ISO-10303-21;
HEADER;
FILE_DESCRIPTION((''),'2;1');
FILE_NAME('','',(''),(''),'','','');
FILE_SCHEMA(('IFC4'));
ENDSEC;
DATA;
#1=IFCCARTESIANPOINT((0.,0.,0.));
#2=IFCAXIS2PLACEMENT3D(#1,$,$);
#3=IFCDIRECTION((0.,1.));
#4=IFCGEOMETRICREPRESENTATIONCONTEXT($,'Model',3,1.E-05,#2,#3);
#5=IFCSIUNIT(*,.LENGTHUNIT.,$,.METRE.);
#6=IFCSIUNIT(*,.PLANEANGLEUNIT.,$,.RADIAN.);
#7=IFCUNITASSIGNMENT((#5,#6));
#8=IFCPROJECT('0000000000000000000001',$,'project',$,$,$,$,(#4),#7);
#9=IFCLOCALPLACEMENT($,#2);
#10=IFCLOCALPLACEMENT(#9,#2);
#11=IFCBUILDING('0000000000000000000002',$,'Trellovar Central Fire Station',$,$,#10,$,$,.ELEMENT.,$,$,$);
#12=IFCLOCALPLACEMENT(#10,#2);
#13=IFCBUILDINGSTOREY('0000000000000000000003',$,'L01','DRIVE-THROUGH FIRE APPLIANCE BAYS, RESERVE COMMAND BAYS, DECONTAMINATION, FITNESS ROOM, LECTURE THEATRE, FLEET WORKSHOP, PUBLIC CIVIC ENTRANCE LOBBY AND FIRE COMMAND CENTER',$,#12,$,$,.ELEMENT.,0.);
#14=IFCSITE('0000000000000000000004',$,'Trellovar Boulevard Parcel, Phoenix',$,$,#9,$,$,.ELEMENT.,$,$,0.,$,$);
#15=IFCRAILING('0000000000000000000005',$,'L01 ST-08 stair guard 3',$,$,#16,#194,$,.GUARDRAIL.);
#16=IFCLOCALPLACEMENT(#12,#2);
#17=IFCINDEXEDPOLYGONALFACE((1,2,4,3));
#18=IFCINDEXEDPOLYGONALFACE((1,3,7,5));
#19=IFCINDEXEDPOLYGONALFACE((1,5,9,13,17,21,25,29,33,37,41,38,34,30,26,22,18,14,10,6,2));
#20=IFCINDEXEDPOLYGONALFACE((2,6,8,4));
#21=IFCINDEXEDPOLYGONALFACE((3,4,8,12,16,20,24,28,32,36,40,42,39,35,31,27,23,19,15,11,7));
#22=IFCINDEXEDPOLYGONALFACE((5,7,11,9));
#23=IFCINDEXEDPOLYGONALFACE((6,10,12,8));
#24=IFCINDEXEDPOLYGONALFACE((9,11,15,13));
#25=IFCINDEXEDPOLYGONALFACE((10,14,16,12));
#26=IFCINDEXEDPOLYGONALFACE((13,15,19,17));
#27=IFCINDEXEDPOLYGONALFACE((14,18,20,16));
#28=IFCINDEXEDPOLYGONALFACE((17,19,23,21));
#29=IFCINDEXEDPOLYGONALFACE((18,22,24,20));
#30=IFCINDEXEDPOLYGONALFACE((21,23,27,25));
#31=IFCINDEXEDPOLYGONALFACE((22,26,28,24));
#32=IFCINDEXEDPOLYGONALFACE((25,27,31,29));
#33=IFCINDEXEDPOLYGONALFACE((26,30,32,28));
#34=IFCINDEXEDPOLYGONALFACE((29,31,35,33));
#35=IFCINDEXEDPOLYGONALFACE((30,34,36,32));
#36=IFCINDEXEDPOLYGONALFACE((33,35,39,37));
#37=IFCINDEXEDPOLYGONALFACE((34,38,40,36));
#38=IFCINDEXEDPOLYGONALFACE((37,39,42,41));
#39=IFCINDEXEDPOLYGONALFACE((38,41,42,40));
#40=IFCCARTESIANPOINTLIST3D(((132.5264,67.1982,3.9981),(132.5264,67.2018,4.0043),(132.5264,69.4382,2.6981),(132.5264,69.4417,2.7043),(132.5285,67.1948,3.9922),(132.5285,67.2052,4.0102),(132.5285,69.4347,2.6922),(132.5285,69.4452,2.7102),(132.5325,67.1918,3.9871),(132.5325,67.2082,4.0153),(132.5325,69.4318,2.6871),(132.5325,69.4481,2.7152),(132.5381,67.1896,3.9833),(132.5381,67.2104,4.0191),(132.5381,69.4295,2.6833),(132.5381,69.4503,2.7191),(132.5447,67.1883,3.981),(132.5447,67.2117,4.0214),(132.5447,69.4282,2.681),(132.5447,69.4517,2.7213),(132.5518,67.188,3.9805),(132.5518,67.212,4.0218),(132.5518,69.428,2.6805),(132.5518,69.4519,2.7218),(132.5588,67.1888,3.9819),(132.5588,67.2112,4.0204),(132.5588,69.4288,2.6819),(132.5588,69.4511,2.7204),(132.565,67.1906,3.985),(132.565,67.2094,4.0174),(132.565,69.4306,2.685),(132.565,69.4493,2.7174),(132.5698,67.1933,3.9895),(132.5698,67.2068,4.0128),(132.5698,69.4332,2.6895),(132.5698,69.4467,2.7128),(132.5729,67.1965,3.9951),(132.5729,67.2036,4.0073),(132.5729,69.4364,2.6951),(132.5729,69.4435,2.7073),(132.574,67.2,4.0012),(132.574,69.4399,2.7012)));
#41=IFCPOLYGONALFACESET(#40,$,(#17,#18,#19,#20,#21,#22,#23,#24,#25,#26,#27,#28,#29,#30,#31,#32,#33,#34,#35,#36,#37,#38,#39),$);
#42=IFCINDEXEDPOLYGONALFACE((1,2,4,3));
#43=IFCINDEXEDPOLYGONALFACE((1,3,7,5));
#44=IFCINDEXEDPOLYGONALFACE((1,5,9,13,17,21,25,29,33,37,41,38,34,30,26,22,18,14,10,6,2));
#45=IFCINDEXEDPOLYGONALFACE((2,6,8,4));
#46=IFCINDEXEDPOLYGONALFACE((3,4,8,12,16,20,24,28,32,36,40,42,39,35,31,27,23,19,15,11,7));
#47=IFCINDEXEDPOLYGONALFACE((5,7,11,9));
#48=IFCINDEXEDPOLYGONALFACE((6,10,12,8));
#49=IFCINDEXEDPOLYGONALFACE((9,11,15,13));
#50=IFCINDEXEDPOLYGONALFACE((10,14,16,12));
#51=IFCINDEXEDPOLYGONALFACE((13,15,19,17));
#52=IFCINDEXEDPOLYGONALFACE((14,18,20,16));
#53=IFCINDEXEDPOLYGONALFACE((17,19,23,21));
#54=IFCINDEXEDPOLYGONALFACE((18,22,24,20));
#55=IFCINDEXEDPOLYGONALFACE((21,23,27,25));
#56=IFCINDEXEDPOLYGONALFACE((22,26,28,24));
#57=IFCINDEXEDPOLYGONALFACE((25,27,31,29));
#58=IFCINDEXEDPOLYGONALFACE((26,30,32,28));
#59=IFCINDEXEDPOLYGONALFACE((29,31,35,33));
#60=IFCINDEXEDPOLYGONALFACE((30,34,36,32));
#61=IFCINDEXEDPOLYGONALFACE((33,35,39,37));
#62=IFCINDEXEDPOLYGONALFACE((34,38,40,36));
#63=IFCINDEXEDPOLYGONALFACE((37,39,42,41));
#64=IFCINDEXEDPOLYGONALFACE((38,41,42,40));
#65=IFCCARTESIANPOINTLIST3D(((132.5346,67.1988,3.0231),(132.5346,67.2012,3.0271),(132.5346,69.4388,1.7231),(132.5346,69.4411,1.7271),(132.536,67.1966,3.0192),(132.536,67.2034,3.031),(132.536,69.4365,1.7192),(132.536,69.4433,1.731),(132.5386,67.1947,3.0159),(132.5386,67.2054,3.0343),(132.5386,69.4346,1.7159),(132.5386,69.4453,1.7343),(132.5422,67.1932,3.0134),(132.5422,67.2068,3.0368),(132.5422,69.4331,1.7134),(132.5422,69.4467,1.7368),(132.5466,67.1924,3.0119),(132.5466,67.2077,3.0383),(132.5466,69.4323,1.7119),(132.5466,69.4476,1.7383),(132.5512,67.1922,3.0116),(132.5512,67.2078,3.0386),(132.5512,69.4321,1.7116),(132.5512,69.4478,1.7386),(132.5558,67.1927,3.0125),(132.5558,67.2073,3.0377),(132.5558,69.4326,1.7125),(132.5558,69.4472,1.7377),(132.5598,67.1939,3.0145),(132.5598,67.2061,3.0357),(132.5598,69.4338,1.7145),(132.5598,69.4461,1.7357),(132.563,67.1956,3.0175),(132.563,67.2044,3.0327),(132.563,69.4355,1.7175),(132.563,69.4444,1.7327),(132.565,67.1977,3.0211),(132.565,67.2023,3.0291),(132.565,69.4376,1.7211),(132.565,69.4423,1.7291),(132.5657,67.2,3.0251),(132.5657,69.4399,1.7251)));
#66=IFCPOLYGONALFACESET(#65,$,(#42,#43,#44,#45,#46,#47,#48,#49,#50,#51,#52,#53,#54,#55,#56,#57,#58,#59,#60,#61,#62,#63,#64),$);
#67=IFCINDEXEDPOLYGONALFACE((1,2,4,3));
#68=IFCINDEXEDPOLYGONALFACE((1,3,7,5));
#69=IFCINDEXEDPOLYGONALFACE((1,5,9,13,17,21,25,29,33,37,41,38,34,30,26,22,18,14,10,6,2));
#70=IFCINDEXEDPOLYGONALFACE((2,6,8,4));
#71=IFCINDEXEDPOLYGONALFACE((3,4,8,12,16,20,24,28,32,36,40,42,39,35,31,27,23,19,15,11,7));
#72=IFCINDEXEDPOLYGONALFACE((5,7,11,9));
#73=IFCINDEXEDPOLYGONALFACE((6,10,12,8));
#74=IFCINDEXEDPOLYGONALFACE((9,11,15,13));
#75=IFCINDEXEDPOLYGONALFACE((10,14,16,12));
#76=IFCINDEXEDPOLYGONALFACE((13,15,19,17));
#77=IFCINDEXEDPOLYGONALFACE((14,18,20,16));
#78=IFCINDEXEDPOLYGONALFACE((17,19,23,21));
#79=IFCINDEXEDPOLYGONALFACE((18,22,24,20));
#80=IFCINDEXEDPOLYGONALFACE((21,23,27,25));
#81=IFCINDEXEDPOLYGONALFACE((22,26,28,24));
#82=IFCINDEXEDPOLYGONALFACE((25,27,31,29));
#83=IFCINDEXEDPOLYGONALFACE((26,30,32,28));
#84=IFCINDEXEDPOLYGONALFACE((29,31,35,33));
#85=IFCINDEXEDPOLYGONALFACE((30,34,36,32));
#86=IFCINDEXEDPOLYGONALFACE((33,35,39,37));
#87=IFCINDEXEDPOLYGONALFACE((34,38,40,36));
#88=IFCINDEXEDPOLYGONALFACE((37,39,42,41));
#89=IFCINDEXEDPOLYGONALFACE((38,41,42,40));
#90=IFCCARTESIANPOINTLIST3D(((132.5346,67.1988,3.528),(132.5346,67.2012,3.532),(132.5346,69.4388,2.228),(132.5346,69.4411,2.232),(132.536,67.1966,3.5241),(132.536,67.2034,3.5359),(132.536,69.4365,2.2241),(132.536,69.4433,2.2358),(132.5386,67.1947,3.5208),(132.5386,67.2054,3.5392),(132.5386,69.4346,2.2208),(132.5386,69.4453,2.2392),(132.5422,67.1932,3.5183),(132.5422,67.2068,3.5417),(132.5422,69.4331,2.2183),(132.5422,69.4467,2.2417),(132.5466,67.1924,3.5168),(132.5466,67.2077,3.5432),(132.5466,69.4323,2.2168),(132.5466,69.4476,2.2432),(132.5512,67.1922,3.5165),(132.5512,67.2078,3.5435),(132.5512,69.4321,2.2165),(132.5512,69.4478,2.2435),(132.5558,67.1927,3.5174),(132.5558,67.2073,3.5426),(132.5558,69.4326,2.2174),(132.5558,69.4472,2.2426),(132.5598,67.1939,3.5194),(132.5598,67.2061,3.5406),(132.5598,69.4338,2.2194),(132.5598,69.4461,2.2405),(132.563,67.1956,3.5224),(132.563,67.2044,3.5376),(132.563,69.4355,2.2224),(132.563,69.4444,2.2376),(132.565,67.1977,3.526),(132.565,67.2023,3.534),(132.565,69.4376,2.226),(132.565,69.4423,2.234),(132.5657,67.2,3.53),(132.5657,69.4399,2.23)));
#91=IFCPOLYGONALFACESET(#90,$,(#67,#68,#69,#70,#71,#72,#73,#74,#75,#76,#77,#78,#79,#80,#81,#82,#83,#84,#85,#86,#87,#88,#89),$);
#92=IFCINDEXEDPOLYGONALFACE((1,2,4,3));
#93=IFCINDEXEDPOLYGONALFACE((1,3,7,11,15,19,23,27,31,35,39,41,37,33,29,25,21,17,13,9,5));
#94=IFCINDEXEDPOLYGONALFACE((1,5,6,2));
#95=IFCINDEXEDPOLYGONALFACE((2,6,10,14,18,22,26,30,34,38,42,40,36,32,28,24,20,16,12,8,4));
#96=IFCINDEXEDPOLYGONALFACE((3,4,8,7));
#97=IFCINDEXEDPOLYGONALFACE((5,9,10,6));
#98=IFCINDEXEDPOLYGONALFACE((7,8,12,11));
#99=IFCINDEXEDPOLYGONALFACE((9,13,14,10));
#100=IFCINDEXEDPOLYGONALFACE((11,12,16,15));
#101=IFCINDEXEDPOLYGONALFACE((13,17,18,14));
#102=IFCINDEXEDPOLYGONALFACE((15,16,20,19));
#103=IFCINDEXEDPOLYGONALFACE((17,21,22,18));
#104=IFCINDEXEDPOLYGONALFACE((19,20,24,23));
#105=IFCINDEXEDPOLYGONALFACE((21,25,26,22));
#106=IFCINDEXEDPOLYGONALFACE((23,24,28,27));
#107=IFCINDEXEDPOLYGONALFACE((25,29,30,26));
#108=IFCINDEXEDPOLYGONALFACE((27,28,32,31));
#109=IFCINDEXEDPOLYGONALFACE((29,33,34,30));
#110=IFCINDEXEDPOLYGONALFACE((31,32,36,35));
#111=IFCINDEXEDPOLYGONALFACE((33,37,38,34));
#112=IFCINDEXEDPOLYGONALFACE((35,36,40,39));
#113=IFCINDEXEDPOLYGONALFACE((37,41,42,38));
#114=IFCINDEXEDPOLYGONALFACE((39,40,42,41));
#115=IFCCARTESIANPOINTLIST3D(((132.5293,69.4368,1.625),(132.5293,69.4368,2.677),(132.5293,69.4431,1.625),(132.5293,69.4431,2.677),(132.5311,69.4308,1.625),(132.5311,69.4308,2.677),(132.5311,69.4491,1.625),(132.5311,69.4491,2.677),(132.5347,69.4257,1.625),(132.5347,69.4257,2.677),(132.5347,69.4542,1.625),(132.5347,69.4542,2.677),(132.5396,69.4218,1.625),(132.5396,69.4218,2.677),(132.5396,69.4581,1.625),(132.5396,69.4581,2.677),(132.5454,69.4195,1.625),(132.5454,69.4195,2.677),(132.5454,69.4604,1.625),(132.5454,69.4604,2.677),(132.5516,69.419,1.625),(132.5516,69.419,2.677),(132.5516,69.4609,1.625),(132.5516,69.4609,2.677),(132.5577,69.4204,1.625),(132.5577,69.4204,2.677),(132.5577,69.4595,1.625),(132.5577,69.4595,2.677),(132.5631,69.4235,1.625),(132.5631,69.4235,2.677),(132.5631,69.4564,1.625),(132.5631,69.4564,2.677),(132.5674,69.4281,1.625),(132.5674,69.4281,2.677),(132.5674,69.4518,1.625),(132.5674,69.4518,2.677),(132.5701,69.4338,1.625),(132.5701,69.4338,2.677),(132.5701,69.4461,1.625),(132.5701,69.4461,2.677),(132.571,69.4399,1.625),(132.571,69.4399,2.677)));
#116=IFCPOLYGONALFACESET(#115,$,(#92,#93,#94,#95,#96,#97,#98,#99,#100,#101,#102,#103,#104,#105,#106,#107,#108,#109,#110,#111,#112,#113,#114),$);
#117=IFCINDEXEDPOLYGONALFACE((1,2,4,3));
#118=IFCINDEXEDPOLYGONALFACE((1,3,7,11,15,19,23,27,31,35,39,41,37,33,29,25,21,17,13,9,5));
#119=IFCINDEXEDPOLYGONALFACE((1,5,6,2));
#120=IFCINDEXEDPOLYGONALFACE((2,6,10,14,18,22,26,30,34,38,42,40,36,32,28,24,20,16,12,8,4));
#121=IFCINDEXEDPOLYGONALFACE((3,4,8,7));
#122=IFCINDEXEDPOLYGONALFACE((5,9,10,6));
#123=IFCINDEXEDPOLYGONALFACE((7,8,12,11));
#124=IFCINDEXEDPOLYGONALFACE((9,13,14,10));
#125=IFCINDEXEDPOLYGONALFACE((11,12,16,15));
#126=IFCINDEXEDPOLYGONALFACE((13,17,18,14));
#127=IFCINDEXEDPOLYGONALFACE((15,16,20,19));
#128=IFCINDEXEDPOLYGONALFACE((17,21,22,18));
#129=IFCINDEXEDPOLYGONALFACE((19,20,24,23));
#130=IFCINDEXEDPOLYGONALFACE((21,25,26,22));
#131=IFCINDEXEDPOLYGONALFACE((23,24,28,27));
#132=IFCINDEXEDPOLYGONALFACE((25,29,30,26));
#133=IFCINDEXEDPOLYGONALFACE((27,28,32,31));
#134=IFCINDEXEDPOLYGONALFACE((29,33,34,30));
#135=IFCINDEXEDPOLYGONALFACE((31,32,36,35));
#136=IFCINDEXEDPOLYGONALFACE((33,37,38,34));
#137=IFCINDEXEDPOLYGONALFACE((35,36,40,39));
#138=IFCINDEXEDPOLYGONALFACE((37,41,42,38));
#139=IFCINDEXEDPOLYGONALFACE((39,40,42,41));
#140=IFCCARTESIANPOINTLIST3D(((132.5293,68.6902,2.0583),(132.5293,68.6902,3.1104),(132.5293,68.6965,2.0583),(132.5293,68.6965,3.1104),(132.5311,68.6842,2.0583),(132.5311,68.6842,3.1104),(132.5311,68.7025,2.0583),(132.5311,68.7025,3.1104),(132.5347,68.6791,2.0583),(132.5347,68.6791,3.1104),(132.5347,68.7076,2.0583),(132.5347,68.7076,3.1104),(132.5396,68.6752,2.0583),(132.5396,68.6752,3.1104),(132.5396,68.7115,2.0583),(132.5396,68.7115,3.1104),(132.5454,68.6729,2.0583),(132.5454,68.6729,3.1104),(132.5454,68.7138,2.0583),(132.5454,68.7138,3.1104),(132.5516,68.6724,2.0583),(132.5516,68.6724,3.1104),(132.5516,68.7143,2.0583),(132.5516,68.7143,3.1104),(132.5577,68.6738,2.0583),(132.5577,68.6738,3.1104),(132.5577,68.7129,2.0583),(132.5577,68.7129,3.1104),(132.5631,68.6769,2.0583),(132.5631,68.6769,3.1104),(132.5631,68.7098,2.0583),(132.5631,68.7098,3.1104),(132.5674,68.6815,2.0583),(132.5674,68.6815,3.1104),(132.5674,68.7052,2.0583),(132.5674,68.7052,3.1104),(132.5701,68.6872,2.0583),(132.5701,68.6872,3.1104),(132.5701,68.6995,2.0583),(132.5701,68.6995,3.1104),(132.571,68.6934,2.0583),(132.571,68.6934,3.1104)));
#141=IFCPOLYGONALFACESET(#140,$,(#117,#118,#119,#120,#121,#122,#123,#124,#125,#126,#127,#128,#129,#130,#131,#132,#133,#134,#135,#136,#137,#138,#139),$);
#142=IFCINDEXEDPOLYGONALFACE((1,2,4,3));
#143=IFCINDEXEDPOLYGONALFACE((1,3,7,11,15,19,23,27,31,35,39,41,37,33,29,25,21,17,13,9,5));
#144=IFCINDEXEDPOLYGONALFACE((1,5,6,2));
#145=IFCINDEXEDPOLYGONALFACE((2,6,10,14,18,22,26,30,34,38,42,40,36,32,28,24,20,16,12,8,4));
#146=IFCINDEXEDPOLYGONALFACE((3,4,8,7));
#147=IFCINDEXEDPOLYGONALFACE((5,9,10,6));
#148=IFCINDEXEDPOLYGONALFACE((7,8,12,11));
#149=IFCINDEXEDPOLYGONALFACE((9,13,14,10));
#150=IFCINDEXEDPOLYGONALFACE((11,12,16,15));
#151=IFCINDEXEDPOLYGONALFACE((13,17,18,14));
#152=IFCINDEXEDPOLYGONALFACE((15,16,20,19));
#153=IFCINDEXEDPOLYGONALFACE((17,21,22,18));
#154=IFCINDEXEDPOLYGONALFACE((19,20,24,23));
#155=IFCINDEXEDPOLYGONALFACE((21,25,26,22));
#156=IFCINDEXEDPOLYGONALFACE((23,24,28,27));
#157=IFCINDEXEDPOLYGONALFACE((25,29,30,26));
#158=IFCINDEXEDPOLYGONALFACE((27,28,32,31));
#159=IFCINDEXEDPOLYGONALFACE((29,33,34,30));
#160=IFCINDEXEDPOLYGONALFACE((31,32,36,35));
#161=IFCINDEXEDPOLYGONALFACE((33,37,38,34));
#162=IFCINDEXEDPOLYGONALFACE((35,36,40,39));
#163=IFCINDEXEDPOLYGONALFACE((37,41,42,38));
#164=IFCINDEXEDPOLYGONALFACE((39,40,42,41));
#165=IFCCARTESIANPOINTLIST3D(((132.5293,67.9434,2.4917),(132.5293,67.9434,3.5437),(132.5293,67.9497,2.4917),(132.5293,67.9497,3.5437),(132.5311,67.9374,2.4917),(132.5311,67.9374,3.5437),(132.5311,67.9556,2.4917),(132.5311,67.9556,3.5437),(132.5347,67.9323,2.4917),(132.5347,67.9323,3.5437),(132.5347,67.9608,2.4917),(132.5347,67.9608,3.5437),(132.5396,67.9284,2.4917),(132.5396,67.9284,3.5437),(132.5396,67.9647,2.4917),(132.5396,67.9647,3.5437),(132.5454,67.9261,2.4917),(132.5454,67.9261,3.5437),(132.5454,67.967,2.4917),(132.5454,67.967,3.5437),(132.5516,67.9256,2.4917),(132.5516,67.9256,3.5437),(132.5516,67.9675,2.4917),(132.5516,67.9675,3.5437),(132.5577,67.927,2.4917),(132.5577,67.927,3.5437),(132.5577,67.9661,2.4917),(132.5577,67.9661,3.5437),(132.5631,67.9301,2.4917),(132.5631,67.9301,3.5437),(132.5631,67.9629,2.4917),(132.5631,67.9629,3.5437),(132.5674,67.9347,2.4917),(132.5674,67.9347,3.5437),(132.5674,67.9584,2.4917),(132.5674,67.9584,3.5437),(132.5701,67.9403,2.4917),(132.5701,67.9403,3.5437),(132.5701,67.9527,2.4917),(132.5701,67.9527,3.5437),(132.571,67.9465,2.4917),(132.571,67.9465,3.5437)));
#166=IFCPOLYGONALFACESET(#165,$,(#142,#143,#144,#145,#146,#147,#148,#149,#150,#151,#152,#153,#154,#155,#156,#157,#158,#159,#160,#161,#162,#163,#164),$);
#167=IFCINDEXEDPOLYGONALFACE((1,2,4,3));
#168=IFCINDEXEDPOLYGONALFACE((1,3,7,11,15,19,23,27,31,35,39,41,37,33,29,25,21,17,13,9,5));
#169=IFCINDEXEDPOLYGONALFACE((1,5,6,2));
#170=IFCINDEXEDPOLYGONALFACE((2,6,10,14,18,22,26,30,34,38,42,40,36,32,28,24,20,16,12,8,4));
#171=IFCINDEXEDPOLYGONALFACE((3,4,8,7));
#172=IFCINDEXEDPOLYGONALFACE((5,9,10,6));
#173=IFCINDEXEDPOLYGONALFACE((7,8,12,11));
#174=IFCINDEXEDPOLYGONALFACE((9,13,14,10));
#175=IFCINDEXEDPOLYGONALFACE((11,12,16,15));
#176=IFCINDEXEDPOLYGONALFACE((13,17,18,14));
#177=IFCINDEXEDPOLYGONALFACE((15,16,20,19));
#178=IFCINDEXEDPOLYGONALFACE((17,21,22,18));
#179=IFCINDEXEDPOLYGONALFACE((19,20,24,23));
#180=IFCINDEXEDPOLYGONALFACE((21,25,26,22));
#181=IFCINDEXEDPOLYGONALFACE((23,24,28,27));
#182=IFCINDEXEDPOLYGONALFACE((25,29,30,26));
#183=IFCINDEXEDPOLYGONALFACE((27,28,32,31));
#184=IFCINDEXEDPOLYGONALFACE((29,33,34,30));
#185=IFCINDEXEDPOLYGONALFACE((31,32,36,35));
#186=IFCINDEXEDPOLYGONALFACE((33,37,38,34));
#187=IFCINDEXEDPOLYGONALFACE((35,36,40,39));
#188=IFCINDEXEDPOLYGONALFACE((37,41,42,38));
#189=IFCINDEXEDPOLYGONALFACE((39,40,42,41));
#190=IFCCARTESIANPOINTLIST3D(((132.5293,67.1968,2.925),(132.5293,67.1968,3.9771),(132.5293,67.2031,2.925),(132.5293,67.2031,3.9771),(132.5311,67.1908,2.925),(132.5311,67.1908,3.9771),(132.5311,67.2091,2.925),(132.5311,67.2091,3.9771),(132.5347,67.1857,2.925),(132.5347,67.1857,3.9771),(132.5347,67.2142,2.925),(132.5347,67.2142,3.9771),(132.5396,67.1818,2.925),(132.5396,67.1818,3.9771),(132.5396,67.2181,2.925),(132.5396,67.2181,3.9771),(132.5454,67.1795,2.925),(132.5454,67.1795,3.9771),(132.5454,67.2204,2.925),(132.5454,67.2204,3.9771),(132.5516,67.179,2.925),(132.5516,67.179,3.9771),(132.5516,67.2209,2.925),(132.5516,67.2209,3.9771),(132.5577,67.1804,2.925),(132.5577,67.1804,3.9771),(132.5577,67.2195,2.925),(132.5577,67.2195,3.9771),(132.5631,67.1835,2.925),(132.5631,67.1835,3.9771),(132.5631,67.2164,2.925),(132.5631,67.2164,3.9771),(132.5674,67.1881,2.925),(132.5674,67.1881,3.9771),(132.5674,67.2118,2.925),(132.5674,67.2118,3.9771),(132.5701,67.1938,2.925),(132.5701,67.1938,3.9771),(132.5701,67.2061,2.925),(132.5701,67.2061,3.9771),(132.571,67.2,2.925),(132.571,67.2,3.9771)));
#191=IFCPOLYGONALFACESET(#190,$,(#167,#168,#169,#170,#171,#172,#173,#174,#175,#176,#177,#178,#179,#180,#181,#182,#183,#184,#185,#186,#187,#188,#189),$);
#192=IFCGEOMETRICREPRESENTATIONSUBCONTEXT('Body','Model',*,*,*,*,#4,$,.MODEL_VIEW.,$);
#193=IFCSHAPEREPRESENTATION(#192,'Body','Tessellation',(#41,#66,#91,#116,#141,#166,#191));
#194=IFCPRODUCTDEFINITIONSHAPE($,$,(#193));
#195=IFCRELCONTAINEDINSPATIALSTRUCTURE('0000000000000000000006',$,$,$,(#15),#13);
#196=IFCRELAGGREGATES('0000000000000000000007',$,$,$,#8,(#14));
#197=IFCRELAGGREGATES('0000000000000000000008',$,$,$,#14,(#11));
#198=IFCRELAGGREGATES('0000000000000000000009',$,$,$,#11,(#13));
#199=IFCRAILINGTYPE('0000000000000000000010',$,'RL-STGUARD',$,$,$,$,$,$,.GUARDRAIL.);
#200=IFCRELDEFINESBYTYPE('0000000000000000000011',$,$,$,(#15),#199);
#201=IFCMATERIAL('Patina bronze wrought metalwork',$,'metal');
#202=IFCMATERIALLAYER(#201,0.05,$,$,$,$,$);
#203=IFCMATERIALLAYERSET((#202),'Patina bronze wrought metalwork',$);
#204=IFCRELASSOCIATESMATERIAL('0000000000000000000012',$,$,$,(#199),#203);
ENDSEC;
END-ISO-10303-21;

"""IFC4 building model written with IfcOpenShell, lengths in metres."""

from ifc_helpers import new_model, si_unit, direction, frame, origin, origin_2d, place, context, subcontext, project, spatial, circle, extrude, material, layer, layer_set, type_object, element, save


model = new_model("IFC4")

# Units and contexts
model_context = context("Model", 3, precision=1e-05, world=origin(), true_north=direction((0.0, 1.0)))
body_context = subcontext(model_context, "Body", "Model", "MODEL_VIEW")
ifc_project = project(units=[si_unit("LENGTHUNIT", "METRE"), si_unit("PLANEANGLEUNIT", "RADIAN")], contexts=[model_context])

# Site, building, storey
site_placement = place(None, origin())
site = spatial("IfcSite", under=ifc_project, at=site_placement, Name="Trellovar Boulevard Parcel, Phoenix", CompositionType="ELEMENT", RefElevation=0.0)
building_placement = place(site_placement, origin())
building = spatial("IfcBuilding", under=site, at=building_placement, Name="Trellovar Central Fire Station", CompositionType="ELEMENT")
storey_placement = place(building_placement, origin())
storey = spatial("IfcBuildingStorey", under=building, at=storey_placement, Name="L01", Description="DRIVE-THROUGH FIRE APPLIANCE BAYS, RESERVE COMMAND BAYS, DECONTAMINATION, FITNESS ROOM, LECTURE THEATRE, FLEET WORKSHOP, PUBLIC CIVIC ENTRANCE LOBBY AND FIRE COMMAND CENTER", CompositionType="ELEMENT", Elevation=0.0)

# Railing
ifc_material_1 = material(Name="Patina bronze wrought metalwork", Category="metal")
ifc_layer_1 = layer(ifc_material_1, 0.05)
ifc_layer_set_1 = layer_set([ifc_layer_1], Name="Patina bronze wrought metalwork")
railing_type_1 = type_object("IfcRailingType", Name="RL-STGUARD", PredefinedType="GUARDRAIL", material=ifc_layer_set_1)
railing_1_placement = place(storey_placement, frame((132.55, 69.4399, 1.625)))
element("IfcRailing", 1, at=railing_1_placement, inside=storey, type_object=railing_type_1, Name="L01 ST-08 stair guard 3", PredefinedType="GUARDRAIL", context=body_context, shape_type="SweptSolid", body=[
    extrude(circle(Radius=0.0239, at=origin_2d()), frame((0.0, 0.0, 1.0762), z_axis=(0.0, -0.864888, 0.501965), x_axis=(1.0, 0.0, 0.0)), (0.0, 0.0, 1.0), 2.5898),
    extrude(circle(Radius=0.0156, at=origin_2d()), frame((0.0, 0.0, 0.1001), z_axis=(0.0, -0.864888, 0.501965), x_axis=(1.0, 0.0, 0.0)), (0.0, 0.0, 1.0), 2.5898),
    extrude(circle(Radius=0.0156, at=origin_2d()), frame((0.0, 0.0, 0.605), z_axis=(0.0, -0.864888, 0.501965), x_axis=(1.0, 0.0, 0.0)), (0.0, 0.0, 1.0), 2.5898),
    extrude(circle(Radius=0.021, at=origin_2d()), origin(), (0.0, 0.0, 1.0), 1.052),
    extrude(circle(Radius=0.021, at=origin_2d()), frame((0.0, -0.7466, 0.4333)), (0.0, 0.0, 1.0), 1.052),
    extrude(circle(Radius=0.021, at=origin_2d()), frame((0.0, -1.4934, 0.8667)), (0.0, 0.0, 1.0), 1.052),
    extrude(circle(Radius=0.021, at=origin_2d()), frame((0.0, -2.24, 1.3)), (0.0, 0.0, 1.0), 1.052),
])

save(model, "model.ifc")
